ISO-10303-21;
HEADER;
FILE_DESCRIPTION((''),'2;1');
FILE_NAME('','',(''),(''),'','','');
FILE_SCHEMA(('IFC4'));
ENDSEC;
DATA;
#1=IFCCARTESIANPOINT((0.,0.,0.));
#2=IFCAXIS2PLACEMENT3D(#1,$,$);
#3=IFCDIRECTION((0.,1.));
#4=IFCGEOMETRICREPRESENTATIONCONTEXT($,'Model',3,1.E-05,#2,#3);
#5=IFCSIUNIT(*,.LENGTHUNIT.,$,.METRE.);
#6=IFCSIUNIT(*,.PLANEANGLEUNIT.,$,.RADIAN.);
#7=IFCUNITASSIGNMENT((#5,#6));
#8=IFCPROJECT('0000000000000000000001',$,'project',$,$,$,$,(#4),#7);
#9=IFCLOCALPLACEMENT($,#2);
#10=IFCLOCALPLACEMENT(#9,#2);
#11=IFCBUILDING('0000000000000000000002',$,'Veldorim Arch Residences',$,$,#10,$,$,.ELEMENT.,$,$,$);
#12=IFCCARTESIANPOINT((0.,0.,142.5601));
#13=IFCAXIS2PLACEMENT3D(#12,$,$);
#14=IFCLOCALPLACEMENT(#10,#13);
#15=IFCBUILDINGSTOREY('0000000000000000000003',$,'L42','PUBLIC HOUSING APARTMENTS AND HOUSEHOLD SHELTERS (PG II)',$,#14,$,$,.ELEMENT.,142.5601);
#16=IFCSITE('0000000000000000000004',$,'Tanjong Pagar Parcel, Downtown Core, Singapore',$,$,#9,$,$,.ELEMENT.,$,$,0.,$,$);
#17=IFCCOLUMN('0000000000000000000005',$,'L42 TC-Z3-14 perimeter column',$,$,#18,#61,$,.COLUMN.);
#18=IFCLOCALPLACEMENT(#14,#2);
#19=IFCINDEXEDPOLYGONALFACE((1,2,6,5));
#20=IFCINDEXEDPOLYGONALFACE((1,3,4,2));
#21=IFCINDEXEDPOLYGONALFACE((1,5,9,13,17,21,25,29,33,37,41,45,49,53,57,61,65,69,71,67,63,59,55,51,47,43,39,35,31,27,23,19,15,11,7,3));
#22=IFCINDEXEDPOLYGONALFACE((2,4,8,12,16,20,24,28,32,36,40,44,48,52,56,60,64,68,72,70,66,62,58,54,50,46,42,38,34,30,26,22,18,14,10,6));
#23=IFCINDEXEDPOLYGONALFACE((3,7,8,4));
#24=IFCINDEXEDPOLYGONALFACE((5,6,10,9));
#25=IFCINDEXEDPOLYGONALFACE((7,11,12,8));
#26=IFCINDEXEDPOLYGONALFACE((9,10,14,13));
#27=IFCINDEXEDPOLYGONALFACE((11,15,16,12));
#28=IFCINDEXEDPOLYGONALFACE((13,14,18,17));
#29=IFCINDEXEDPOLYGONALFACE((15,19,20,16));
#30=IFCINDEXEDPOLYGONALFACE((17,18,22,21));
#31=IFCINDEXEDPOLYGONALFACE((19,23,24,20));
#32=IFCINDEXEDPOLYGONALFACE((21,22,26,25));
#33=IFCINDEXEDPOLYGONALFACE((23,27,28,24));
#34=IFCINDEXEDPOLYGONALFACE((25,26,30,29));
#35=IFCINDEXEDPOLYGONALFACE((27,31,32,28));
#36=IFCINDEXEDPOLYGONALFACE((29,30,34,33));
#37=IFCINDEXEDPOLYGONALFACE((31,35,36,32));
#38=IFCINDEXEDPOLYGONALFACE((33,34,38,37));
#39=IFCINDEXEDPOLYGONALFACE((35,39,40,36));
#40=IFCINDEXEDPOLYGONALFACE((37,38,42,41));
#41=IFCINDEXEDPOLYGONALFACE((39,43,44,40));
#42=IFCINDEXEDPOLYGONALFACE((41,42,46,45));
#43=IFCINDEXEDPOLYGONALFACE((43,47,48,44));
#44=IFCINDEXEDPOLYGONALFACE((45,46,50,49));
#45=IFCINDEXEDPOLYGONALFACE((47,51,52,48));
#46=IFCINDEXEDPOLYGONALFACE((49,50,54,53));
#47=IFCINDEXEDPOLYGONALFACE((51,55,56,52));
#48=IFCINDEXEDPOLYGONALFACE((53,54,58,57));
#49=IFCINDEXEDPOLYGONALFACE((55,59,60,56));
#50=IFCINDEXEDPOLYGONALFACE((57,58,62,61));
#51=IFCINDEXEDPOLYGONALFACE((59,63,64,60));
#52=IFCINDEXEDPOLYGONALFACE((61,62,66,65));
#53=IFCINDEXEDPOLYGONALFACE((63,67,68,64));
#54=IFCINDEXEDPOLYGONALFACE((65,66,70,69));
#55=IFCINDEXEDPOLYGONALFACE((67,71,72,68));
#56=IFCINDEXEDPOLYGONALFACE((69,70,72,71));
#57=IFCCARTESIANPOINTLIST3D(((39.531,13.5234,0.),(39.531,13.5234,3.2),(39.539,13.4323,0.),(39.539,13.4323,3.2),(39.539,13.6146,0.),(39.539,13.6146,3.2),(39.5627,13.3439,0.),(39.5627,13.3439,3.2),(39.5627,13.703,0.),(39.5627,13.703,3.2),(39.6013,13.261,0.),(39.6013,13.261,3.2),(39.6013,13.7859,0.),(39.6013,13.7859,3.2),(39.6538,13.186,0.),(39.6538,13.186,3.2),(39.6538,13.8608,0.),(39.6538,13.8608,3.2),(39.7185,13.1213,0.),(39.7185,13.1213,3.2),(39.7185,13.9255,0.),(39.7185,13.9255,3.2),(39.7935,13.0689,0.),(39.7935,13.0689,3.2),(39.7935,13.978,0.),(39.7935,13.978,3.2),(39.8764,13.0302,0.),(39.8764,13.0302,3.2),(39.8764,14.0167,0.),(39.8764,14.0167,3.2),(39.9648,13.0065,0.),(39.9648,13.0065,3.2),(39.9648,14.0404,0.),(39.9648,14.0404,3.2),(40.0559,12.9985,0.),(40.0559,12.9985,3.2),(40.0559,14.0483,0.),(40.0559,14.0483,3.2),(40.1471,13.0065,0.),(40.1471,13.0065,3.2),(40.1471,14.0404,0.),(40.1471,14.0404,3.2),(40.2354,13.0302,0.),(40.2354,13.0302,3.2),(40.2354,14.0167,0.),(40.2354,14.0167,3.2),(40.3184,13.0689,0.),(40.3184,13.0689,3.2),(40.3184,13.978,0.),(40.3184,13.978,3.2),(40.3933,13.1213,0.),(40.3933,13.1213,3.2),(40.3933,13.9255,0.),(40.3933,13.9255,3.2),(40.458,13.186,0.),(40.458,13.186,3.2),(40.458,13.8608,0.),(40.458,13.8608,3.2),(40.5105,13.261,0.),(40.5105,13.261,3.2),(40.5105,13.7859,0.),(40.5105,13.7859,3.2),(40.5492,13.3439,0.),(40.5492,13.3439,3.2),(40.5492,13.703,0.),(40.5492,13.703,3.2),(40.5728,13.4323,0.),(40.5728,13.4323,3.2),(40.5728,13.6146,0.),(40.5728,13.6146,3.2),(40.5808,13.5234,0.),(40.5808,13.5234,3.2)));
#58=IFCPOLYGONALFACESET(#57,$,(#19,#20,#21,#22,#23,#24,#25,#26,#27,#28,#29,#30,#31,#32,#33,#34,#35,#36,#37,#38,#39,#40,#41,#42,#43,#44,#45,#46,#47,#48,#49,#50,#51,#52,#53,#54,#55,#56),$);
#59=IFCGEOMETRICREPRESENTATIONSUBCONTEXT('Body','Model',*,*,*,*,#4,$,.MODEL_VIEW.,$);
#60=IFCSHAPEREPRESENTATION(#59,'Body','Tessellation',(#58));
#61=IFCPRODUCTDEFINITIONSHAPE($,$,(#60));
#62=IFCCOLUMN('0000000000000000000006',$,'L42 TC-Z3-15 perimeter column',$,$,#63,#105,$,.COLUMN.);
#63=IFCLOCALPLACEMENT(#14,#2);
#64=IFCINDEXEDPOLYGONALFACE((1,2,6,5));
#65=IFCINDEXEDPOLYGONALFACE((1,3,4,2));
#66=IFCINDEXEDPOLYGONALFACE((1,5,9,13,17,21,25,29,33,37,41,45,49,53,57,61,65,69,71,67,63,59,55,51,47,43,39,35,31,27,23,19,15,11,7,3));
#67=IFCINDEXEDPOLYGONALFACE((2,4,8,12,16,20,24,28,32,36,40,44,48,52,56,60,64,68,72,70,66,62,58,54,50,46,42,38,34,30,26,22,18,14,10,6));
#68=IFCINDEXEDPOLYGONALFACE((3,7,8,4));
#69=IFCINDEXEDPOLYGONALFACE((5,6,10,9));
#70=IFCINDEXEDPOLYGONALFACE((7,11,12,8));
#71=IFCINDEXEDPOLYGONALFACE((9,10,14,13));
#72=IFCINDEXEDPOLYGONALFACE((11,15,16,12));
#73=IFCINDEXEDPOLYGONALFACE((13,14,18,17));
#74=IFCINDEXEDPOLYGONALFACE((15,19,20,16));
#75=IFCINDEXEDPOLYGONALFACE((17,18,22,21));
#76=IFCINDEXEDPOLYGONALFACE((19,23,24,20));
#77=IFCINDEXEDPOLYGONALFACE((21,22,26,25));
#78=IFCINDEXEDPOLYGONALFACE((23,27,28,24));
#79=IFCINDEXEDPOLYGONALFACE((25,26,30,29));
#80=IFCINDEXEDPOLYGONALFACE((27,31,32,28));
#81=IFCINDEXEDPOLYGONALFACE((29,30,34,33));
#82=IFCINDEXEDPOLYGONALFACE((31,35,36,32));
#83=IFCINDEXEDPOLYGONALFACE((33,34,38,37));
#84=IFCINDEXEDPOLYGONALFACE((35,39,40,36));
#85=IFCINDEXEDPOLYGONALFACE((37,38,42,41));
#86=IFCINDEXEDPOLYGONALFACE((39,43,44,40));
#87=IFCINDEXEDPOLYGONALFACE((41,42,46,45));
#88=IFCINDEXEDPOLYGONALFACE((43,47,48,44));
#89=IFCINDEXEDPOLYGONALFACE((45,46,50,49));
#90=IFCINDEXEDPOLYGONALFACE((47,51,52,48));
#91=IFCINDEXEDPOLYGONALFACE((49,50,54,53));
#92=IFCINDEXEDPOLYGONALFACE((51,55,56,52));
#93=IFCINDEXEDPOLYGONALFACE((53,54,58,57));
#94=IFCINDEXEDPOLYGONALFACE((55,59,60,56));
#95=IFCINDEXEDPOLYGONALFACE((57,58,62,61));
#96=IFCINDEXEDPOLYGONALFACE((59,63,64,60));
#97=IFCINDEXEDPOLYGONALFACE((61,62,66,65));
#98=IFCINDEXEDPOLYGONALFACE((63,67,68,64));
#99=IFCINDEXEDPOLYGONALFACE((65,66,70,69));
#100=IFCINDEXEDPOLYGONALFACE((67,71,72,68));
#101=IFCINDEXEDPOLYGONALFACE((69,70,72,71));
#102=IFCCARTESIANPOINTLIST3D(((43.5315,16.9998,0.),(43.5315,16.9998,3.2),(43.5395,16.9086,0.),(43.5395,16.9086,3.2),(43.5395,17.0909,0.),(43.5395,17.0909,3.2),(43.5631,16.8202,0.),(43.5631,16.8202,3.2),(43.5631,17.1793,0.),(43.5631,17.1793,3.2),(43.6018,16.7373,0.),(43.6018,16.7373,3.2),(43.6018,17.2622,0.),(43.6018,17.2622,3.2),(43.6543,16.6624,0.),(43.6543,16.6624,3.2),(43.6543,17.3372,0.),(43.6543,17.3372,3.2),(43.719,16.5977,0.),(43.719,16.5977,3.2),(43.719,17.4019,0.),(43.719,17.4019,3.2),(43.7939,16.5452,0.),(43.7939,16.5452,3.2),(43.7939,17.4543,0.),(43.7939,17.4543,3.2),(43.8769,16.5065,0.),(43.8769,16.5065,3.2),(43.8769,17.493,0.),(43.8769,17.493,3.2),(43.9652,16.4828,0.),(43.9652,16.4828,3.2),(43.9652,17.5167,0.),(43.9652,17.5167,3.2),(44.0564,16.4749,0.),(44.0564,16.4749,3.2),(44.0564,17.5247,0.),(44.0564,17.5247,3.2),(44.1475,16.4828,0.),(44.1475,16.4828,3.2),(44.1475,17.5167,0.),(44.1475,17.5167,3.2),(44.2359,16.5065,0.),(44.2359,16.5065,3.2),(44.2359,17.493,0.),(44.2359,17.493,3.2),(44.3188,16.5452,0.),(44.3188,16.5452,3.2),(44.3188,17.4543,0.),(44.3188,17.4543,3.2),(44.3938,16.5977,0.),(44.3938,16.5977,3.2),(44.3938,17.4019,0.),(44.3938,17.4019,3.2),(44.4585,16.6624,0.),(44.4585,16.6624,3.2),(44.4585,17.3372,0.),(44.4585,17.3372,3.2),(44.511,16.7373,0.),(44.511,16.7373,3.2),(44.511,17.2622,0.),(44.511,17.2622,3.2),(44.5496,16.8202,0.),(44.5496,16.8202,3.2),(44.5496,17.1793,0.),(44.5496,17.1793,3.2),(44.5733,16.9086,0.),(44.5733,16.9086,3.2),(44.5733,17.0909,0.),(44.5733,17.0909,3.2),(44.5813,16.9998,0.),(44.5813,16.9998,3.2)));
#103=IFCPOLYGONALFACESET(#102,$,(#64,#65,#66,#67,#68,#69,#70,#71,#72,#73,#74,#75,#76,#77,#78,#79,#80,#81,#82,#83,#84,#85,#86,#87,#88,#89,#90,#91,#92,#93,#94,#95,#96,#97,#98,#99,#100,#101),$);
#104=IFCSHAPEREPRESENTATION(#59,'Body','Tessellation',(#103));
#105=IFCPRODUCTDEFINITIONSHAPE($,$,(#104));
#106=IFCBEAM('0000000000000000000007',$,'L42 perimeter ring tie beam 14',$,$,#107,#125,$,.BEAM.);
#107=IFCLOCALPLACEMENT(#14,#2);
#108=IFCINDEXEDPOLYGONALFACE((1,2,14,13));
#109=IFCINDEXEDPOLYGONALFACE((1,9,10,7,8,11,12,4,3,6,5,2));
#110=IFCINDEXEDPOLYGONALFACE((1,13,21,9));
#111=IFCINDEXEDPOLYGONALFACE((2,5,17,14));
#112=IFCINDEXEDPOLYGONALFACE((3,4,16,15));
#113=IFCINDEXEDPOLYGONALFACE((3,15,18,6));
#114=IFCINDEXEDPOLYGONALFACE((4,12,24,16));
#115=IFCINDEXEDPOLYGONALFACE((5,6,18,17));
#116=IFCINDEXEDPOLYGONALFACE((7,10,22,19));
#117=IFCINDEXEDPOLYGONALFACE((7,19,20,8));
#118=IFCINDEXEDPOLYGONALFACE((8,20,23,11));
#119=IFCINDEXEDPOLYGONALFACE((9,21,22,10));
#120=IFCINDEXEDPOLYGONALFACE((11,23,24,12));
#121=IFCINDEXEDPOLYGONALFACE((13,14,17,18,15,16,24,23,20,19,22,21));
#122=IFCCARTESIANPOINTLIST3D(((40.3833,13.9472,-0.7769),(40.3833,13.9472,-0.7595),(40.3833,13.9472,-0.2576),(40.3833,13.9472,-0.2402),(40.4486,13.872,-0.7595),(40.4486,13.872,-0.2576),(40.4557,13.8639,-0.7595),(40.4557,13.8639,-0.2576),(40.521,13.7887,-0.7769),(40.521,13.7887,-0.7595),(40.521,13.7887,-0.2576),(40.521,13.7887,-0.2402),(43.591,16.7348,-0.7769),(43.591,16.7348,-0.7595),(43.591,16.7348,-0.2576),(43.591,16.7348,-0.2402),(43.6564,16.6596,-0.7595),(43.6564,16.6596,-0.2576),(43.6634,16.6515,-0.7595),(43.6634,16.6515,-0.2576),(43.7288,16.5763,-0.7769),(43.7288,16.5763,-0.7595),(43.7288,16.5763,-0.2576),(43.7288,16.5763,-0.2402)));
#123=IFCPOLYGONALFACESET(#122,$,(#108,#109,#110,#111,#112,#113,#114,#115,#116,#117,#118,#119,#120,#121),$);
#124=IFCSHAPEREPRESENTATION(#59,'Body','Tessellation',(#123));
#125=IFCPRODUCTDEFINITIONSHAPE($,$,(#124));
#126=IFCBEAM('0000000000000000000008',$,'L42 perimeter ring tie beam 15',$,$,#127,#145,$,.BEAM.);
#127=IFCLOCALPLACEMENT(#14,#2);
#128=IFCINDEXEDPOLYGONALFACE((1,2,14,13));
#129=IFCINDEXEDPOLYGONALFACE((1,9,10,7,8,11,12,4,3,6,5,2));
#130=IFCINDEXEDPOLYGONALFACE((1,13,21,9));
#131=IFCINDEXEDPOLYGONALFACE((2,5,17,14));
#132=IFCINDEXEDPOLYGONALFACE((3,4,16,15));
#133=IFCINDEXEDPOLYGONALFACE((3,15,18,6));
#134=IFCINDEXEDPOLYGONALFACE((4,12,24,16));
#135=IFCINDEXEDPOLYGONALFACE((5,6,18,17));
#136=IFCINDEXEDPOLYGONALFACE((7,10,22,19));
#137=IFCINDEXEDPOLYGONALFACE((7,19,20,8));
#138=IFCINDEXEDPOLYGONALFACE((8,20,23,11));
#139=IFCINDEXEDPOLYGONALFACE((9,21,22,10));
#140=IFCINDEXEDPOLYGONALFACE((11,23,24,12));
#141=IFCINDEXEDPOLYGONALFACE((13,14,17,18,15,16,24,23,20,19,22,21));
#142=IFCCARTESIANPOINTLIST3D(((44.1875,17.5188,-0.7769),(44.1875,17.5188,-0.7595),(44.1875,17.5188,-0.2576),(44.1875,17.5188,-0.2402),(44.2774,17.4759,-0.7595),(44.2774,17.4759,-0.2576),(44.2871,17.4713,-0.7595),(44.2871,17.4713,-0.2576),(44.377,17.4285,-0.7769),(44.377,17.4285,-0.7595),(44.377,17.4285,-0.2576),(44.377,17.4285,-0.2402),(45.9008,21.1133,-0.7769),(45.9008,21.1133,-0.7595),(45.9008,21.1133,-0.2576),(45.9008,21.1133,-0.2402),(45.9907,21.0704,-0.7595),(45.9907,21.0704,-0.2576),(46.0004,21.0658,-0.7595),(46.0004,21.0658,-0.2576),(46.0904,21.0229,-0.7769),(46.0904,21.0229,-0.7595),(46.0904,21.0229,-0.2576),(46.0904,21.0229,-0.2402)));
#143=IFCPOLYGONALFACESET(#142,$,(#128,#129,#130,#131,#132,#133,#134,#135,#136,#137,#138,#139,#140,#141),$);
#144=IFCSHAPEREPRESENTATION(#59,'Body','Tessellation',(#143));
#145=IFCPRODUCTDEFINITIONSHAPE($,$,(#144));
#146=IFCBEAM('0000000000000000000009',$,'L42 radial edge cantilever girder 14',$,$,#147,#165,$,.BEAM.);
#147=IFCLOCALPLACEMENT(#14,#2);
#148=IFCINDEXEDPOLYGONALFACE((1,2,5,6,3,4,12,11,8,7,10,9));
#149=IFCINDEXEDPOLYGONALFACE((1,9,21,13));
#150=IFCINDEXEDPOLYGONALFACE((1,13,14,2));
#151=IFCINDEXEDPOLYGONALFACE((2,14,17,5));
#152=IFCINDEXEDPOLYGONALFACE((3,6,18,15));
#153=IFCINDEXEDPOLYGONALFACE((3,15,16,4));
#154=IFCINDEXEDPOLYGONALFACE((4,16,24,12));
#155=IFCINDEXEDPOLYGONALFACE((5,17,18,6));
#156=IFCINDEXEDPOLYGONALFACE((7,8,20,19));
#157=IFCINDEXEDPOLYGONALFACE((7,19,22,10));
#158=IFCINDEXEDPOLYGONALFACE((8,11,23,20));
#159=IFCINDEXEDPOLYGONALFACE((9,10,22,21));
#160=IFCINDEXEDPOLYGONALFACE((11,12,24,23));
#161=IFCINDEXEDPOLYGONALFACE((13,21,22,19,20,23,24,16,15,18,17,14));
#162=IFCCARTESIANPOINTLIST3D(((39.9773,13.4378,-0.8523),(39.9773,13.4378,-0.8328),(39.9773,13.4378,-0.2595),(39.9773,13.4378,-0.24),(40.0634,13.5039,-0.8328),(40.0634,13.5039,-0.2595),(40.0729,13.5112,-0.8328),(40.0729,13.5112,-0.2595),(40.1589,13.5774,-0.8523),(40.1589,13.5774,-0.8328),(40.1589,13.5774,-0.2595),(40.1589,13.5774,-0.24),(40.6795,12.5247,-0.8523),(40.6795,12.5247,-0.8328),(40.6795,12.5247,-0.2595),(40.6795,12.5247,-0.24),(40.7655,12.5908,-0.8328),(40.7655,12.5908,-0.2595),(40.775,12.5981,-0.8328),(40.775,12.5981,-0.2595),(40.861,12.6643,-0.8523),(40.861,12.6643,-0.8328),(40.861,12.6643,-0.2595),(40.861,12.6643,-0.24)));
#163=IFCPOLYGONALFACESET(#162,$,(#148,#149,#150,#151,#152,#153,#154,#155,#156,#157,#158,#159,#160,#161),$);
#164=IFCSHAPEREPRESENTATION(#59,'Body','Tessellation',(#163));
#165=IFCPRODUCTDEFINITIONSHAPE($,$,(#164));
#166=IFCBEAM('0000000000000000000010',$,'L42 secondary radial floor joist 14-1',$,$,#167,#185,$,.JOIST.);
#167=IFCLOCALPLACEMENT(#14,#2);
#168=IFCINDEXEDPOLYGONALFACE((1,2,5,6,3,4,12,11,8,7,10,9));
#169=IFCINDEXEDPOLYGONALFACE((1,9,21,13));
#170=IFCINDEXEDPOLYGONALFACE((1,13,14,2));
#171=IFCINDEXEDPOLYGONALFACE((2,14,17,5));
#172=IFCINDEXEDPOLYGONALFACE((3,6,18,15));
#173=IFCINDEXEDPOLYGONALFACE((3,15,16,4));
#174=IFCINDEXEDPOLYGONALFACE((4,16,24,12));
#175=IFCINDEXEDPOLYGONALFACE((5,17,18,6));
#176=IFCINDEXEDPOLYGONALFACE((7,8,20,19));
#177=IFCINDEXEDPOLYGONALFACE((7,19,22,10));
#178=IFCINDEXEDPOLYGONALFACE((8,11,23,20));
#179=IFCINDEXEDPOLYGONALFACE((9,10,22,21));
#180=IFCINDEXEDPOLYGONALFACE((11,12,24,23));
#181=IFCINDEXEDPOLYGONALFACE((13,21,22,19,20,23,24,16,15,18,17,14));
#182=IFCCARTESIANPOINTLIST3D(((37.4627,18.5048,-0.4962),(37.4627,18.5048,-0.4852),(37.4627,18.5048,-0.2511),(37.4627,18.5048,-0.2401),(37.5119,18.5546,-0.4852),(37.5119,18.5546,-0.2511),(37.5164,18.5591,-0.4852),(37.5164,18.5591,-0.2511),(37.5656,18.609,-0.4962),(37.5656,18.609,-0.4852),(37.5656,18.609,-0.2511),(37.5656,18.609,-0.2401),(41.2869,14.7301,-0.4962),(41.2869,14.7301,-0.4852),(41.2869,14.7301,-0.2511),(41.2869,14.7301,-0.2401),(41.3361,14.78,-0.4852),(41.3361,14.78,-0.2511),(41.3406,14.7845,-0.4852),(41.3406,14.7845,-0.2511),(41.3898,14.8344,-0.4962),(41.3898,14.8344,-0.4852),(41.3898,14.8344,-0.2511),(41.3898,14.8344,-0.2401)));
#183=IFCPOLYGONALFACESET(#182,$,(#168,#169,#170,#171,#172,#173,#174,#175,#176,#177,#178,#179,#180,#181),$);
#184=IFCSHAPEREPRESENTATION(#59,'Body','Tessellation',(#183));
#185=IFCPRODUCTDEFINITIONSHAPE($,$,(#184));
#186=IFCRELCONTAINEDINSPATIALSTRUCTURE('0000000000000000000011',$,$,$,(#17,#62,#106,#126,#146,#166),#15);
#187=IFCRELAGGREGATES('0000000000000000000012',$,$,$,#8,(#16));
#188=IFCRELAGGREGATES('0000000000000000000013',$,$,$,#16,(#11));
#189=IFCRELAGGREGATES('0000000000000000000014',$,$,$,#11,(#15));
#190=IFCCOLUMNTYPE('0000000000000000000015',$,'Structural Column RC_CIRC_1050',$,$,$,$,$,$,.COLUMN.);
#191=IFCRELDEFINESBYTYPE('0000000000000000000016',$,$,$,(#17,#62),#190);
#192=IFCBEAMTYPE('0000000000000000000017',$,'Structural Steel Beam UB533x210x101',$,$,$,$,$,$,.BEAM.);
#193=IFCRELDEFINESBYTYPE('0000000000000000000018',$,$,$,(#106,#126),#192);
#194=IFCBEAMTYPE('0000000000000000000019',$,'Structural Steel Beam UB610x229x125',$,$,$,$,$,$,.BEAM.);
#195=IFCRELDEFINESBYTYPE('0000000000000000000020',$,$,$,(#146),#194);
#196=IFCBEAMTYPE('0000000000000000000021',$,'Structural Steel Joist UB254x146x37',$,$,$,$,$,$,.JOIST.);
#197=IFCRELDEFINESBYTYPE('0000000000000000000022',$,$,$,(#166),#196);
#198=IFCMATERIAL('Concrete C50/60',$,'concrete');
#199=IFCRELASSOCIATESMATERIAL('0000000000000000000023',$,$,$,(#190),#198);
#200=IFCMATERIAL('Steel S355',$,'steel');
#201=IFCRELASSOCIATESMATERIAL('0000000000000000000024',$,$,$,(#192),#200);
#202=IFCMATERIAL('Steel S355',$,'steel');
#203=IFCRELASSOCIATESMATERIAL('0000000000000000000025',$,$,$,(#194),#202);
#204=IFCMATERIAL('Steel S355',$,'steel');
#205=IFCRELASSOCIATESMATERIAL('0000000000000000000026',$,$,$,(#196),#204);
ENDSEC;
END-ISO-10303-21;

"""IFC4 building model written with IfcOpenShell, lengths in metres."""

from ifc_helpers import new_model, si_unit, direction, frame, origin, origin_2d, place, context, subcontext, project, spatial, circle, i_section, extrude, material, material_profile, profile_set, type_object, element, save


model = new_model("IFC4")

# Units and contexts
model_context = context("Model", 3, precision=1e-05, world=origin(), true_north=direction((0.0, 1.0)))
body_context = subcontext(model_context, "Body", "Model", "MODEL_VIEW")
ifc_project = project(units=[si_unit("LENGTHUNIT", "METRE"), si_unit("PLANEANGLEUNIT", "RADIAN")], contexts=[model_context])

# Site, building, storey
site_placement = place(None, origin())
site = spatial("IfcSite", under=ifc_project, at=site_placement, Name="Tanjong Pagar Parcel, Downtown Core, Singapore", CompositionType="ELEMENT", RefElevation=0.0)
building_placement = place(site_placement, origin())
building = spatial("IfcBuilding", under=site, at=building_placement, Name="Veldorim Arch Residences", CompositionType="ELEMENT")
storey_placement = place(building_placement, frame((0.0, 0.0, 142.5601)))
storey = spatial("IfcBuildingStorey", under=building, at=storey_placement, Name="L42", Description="PUBLIC HOUSING APARTMENTS AND HOUSEHOLD SHELTERS (PG II)", CompositionType="ELEMENT", Elevation=142.5601)

# Columns
ifc_material_1 = material(Name="Concrete C50/60", Category="concrete")
ifc_material_profile_1 = material_profile(ifc_material_1, circle(Radius=0.5249, at=origin_2d()), Name="RC_CIRC_1050")
ifc_profile_set_1 = profile_set([ifc_material_profile_1], Name="Concrete C50/60")
column_type = type_object("IfcColumnType", Name="Structural Column RC_CIRC_1050", PredefinedType="COLUMN", material=ifc_profile_set_1)
for number, where, z_axis, x_axis, name in (
    (1, (40.0559, 13.5234, 0.0), (0.0, 0.0, 1.0), (1.0, 0.0, 0.0), "L42 TC-Z3-14 perimeter column"),
    (2, (44.0564, 16.9998, 0.0), (0.0, 0.0, 1.0), (1.0, 0.0, 0.0), "L42 TC-Z3-15 perimeter column"),
):
    element("IfcColumn", number, at=place(storey_placement, frame(where, z_axis=z_axis, x_axis=x_axis)), inside=storey, type_object=column_type, Name=name, PredefinedType="COLUMN", context=body_context, shape_type="SweptSolid", body=[
        extrude(circle(Radius=0.5249, at=origin_2d()), origin(), (0.0, 0.0, 1.0), 3.2),
    ])

# Beams
ifc_material_2 = material(Name="Steel S355", Category="steel")
ifc_material_profile_2 = material_profile(ifc_material_2, i_section(OverallWidth=0.21, OverallDepth=0.5366, WebThickness=0.0107, FlangeThickness=0.0173, at=origin_2d()), Name="UB533x210x101")
ifc_profile_set_2 = profile_set([ifc_material_profile_2], Name="Steel S355")
beam_type_1 = type_object("IfcBeamType", Name="Structural Steel Beam UB533x210x101", PredefinedType="BEAM", material=ifc_profile_set_2)
beam_1_placement = place(storey_placement, frame((40.4521, 13.8679, -0.5085), z_axis=(0.754811, 0.655943, 0.0), x_axis=(-0.655943, 0.754811, 0.0)))
element("IfcBeam", 3, at=beam_1_placement, inside=storey, type_object=beam_type_1, Name="L42 perimeter ring tie beam 14", PredefinedType="BEAM", context=body_context, shape_type="SweptSolid", body=[
    extrude(i_section(OverallWidth=0.21, OverallDepth=0.5366, WebThickness=0.0107, FlangeThickness=0.0173, at=origin_2d()), origin(), (0.0, 0.0, 1.0), 4.2498),
])
beam_2_placement = place(storey_placement, frame((44.2822, 17.4736, -0.5085), z_axis=(0.430286, 0.902693, 0.0), x_axis=(-0.902693, 0.430286, 0.0)))
element("IfcBeam", 4, at=beam_2_placement, inside=storey, type_object=beam_type_1, Name="L42 perimeter ring tie beam 15", PredefinedType="BEAM", context=body_context, shape_type="SweptSolid", body=[
    extrude(i_section(OverallWidth=0.21, OverallDepth=0.5366, WebThickness=0.0107, FlangeThickness=0.0173, at=origin_2d()), origin(), (0.0, 0.0, 1.0), 3.9819),
])
ifc_material_3 = material(Name="Steel S355", Category="steel")
ifc_material_profile_3 = material_profile(ifc_material_3, i_section(OverallWidth=0.229, OverallDepth=0.6123, WebThickness=0.012, FlangeThickness=0.0195, at=origin_2d()), Name="UB610x229x125")
ifc_profile_set_3 = profile_set([ifc_material_profile_3], Name="Steel S355")
beam_type_2 = type_object("IfcBeamType", Name="Structural Steel Beam UB610x229x125", PredefinedType="BEAM", material=ifc_profile_set_3)
beam_3_placement = place(storey_placement, frame((40.0681, 13.5076, -0.5461), z_axis=(0.609588, -0.792719, 0.0), x_axis=(0.792719, 0.609588, 0.0)))
element("IfcBeam", 5, at=beam_3_placement, inside=storey, type_object=beam_type_2, Name="L42 radial edge cantilever girder 14", PredefinedType="BEAM", context=body_context, shape_type="SweptSolid", body=[
    extrude(i_section(OverallWidth=0.229, OverallDepth=0.6123, WebThickness=0.012, FlangeThickness=0.0195, at=origin_2d()), origin(), (0.0, 0.0, 1.0), 1.1519),
])
ifc_material_4 = material(Name="Steel S355", Category="steel")
ifc_material_profile_4 = material_profile(ifc_material_4, i_section(OverallWidth=0.1465, OverallDepth=0.2561, WebThickness=0.0063, FlangeThickness=0.011, at=origin_2d()), Name="UB254x146x37")
ifc_profile_set_4 = profile_set([ifc_material_profile_4], Name="Steel S355")
beam_type_3 = type_object("IfcBeamType", Name="Structural Steel Joist UB254x146x37", PredefinedType="JOIST", material=ifc_profile_set_4)
beam_4_placement = place(storey_placement, frame((37.5142, 18.5569, -0.3682), z_axis=(0.711703, -0.70248, 0.0), x_axis=(0.70248, 0.711703, 0.0)))
element("IfcBeam", 6, at=beam_4_placement, inside=storey, type_object=beam_type_3, Name="L42 secondary radial floor joist 14-1", PredefinedType="JOIST", context=body_context, shape_type="SweptSolid", body=[
    extrude(i_section(OverallWidth=0.1465, OverallDepth=0.2561, WebThickness=0.0063, FlangeThickness=0.011, at=origin_2d()), origin(), (0.0, 0.0, 1.0), 5.3733),
])

save(model, "model.ifc")
